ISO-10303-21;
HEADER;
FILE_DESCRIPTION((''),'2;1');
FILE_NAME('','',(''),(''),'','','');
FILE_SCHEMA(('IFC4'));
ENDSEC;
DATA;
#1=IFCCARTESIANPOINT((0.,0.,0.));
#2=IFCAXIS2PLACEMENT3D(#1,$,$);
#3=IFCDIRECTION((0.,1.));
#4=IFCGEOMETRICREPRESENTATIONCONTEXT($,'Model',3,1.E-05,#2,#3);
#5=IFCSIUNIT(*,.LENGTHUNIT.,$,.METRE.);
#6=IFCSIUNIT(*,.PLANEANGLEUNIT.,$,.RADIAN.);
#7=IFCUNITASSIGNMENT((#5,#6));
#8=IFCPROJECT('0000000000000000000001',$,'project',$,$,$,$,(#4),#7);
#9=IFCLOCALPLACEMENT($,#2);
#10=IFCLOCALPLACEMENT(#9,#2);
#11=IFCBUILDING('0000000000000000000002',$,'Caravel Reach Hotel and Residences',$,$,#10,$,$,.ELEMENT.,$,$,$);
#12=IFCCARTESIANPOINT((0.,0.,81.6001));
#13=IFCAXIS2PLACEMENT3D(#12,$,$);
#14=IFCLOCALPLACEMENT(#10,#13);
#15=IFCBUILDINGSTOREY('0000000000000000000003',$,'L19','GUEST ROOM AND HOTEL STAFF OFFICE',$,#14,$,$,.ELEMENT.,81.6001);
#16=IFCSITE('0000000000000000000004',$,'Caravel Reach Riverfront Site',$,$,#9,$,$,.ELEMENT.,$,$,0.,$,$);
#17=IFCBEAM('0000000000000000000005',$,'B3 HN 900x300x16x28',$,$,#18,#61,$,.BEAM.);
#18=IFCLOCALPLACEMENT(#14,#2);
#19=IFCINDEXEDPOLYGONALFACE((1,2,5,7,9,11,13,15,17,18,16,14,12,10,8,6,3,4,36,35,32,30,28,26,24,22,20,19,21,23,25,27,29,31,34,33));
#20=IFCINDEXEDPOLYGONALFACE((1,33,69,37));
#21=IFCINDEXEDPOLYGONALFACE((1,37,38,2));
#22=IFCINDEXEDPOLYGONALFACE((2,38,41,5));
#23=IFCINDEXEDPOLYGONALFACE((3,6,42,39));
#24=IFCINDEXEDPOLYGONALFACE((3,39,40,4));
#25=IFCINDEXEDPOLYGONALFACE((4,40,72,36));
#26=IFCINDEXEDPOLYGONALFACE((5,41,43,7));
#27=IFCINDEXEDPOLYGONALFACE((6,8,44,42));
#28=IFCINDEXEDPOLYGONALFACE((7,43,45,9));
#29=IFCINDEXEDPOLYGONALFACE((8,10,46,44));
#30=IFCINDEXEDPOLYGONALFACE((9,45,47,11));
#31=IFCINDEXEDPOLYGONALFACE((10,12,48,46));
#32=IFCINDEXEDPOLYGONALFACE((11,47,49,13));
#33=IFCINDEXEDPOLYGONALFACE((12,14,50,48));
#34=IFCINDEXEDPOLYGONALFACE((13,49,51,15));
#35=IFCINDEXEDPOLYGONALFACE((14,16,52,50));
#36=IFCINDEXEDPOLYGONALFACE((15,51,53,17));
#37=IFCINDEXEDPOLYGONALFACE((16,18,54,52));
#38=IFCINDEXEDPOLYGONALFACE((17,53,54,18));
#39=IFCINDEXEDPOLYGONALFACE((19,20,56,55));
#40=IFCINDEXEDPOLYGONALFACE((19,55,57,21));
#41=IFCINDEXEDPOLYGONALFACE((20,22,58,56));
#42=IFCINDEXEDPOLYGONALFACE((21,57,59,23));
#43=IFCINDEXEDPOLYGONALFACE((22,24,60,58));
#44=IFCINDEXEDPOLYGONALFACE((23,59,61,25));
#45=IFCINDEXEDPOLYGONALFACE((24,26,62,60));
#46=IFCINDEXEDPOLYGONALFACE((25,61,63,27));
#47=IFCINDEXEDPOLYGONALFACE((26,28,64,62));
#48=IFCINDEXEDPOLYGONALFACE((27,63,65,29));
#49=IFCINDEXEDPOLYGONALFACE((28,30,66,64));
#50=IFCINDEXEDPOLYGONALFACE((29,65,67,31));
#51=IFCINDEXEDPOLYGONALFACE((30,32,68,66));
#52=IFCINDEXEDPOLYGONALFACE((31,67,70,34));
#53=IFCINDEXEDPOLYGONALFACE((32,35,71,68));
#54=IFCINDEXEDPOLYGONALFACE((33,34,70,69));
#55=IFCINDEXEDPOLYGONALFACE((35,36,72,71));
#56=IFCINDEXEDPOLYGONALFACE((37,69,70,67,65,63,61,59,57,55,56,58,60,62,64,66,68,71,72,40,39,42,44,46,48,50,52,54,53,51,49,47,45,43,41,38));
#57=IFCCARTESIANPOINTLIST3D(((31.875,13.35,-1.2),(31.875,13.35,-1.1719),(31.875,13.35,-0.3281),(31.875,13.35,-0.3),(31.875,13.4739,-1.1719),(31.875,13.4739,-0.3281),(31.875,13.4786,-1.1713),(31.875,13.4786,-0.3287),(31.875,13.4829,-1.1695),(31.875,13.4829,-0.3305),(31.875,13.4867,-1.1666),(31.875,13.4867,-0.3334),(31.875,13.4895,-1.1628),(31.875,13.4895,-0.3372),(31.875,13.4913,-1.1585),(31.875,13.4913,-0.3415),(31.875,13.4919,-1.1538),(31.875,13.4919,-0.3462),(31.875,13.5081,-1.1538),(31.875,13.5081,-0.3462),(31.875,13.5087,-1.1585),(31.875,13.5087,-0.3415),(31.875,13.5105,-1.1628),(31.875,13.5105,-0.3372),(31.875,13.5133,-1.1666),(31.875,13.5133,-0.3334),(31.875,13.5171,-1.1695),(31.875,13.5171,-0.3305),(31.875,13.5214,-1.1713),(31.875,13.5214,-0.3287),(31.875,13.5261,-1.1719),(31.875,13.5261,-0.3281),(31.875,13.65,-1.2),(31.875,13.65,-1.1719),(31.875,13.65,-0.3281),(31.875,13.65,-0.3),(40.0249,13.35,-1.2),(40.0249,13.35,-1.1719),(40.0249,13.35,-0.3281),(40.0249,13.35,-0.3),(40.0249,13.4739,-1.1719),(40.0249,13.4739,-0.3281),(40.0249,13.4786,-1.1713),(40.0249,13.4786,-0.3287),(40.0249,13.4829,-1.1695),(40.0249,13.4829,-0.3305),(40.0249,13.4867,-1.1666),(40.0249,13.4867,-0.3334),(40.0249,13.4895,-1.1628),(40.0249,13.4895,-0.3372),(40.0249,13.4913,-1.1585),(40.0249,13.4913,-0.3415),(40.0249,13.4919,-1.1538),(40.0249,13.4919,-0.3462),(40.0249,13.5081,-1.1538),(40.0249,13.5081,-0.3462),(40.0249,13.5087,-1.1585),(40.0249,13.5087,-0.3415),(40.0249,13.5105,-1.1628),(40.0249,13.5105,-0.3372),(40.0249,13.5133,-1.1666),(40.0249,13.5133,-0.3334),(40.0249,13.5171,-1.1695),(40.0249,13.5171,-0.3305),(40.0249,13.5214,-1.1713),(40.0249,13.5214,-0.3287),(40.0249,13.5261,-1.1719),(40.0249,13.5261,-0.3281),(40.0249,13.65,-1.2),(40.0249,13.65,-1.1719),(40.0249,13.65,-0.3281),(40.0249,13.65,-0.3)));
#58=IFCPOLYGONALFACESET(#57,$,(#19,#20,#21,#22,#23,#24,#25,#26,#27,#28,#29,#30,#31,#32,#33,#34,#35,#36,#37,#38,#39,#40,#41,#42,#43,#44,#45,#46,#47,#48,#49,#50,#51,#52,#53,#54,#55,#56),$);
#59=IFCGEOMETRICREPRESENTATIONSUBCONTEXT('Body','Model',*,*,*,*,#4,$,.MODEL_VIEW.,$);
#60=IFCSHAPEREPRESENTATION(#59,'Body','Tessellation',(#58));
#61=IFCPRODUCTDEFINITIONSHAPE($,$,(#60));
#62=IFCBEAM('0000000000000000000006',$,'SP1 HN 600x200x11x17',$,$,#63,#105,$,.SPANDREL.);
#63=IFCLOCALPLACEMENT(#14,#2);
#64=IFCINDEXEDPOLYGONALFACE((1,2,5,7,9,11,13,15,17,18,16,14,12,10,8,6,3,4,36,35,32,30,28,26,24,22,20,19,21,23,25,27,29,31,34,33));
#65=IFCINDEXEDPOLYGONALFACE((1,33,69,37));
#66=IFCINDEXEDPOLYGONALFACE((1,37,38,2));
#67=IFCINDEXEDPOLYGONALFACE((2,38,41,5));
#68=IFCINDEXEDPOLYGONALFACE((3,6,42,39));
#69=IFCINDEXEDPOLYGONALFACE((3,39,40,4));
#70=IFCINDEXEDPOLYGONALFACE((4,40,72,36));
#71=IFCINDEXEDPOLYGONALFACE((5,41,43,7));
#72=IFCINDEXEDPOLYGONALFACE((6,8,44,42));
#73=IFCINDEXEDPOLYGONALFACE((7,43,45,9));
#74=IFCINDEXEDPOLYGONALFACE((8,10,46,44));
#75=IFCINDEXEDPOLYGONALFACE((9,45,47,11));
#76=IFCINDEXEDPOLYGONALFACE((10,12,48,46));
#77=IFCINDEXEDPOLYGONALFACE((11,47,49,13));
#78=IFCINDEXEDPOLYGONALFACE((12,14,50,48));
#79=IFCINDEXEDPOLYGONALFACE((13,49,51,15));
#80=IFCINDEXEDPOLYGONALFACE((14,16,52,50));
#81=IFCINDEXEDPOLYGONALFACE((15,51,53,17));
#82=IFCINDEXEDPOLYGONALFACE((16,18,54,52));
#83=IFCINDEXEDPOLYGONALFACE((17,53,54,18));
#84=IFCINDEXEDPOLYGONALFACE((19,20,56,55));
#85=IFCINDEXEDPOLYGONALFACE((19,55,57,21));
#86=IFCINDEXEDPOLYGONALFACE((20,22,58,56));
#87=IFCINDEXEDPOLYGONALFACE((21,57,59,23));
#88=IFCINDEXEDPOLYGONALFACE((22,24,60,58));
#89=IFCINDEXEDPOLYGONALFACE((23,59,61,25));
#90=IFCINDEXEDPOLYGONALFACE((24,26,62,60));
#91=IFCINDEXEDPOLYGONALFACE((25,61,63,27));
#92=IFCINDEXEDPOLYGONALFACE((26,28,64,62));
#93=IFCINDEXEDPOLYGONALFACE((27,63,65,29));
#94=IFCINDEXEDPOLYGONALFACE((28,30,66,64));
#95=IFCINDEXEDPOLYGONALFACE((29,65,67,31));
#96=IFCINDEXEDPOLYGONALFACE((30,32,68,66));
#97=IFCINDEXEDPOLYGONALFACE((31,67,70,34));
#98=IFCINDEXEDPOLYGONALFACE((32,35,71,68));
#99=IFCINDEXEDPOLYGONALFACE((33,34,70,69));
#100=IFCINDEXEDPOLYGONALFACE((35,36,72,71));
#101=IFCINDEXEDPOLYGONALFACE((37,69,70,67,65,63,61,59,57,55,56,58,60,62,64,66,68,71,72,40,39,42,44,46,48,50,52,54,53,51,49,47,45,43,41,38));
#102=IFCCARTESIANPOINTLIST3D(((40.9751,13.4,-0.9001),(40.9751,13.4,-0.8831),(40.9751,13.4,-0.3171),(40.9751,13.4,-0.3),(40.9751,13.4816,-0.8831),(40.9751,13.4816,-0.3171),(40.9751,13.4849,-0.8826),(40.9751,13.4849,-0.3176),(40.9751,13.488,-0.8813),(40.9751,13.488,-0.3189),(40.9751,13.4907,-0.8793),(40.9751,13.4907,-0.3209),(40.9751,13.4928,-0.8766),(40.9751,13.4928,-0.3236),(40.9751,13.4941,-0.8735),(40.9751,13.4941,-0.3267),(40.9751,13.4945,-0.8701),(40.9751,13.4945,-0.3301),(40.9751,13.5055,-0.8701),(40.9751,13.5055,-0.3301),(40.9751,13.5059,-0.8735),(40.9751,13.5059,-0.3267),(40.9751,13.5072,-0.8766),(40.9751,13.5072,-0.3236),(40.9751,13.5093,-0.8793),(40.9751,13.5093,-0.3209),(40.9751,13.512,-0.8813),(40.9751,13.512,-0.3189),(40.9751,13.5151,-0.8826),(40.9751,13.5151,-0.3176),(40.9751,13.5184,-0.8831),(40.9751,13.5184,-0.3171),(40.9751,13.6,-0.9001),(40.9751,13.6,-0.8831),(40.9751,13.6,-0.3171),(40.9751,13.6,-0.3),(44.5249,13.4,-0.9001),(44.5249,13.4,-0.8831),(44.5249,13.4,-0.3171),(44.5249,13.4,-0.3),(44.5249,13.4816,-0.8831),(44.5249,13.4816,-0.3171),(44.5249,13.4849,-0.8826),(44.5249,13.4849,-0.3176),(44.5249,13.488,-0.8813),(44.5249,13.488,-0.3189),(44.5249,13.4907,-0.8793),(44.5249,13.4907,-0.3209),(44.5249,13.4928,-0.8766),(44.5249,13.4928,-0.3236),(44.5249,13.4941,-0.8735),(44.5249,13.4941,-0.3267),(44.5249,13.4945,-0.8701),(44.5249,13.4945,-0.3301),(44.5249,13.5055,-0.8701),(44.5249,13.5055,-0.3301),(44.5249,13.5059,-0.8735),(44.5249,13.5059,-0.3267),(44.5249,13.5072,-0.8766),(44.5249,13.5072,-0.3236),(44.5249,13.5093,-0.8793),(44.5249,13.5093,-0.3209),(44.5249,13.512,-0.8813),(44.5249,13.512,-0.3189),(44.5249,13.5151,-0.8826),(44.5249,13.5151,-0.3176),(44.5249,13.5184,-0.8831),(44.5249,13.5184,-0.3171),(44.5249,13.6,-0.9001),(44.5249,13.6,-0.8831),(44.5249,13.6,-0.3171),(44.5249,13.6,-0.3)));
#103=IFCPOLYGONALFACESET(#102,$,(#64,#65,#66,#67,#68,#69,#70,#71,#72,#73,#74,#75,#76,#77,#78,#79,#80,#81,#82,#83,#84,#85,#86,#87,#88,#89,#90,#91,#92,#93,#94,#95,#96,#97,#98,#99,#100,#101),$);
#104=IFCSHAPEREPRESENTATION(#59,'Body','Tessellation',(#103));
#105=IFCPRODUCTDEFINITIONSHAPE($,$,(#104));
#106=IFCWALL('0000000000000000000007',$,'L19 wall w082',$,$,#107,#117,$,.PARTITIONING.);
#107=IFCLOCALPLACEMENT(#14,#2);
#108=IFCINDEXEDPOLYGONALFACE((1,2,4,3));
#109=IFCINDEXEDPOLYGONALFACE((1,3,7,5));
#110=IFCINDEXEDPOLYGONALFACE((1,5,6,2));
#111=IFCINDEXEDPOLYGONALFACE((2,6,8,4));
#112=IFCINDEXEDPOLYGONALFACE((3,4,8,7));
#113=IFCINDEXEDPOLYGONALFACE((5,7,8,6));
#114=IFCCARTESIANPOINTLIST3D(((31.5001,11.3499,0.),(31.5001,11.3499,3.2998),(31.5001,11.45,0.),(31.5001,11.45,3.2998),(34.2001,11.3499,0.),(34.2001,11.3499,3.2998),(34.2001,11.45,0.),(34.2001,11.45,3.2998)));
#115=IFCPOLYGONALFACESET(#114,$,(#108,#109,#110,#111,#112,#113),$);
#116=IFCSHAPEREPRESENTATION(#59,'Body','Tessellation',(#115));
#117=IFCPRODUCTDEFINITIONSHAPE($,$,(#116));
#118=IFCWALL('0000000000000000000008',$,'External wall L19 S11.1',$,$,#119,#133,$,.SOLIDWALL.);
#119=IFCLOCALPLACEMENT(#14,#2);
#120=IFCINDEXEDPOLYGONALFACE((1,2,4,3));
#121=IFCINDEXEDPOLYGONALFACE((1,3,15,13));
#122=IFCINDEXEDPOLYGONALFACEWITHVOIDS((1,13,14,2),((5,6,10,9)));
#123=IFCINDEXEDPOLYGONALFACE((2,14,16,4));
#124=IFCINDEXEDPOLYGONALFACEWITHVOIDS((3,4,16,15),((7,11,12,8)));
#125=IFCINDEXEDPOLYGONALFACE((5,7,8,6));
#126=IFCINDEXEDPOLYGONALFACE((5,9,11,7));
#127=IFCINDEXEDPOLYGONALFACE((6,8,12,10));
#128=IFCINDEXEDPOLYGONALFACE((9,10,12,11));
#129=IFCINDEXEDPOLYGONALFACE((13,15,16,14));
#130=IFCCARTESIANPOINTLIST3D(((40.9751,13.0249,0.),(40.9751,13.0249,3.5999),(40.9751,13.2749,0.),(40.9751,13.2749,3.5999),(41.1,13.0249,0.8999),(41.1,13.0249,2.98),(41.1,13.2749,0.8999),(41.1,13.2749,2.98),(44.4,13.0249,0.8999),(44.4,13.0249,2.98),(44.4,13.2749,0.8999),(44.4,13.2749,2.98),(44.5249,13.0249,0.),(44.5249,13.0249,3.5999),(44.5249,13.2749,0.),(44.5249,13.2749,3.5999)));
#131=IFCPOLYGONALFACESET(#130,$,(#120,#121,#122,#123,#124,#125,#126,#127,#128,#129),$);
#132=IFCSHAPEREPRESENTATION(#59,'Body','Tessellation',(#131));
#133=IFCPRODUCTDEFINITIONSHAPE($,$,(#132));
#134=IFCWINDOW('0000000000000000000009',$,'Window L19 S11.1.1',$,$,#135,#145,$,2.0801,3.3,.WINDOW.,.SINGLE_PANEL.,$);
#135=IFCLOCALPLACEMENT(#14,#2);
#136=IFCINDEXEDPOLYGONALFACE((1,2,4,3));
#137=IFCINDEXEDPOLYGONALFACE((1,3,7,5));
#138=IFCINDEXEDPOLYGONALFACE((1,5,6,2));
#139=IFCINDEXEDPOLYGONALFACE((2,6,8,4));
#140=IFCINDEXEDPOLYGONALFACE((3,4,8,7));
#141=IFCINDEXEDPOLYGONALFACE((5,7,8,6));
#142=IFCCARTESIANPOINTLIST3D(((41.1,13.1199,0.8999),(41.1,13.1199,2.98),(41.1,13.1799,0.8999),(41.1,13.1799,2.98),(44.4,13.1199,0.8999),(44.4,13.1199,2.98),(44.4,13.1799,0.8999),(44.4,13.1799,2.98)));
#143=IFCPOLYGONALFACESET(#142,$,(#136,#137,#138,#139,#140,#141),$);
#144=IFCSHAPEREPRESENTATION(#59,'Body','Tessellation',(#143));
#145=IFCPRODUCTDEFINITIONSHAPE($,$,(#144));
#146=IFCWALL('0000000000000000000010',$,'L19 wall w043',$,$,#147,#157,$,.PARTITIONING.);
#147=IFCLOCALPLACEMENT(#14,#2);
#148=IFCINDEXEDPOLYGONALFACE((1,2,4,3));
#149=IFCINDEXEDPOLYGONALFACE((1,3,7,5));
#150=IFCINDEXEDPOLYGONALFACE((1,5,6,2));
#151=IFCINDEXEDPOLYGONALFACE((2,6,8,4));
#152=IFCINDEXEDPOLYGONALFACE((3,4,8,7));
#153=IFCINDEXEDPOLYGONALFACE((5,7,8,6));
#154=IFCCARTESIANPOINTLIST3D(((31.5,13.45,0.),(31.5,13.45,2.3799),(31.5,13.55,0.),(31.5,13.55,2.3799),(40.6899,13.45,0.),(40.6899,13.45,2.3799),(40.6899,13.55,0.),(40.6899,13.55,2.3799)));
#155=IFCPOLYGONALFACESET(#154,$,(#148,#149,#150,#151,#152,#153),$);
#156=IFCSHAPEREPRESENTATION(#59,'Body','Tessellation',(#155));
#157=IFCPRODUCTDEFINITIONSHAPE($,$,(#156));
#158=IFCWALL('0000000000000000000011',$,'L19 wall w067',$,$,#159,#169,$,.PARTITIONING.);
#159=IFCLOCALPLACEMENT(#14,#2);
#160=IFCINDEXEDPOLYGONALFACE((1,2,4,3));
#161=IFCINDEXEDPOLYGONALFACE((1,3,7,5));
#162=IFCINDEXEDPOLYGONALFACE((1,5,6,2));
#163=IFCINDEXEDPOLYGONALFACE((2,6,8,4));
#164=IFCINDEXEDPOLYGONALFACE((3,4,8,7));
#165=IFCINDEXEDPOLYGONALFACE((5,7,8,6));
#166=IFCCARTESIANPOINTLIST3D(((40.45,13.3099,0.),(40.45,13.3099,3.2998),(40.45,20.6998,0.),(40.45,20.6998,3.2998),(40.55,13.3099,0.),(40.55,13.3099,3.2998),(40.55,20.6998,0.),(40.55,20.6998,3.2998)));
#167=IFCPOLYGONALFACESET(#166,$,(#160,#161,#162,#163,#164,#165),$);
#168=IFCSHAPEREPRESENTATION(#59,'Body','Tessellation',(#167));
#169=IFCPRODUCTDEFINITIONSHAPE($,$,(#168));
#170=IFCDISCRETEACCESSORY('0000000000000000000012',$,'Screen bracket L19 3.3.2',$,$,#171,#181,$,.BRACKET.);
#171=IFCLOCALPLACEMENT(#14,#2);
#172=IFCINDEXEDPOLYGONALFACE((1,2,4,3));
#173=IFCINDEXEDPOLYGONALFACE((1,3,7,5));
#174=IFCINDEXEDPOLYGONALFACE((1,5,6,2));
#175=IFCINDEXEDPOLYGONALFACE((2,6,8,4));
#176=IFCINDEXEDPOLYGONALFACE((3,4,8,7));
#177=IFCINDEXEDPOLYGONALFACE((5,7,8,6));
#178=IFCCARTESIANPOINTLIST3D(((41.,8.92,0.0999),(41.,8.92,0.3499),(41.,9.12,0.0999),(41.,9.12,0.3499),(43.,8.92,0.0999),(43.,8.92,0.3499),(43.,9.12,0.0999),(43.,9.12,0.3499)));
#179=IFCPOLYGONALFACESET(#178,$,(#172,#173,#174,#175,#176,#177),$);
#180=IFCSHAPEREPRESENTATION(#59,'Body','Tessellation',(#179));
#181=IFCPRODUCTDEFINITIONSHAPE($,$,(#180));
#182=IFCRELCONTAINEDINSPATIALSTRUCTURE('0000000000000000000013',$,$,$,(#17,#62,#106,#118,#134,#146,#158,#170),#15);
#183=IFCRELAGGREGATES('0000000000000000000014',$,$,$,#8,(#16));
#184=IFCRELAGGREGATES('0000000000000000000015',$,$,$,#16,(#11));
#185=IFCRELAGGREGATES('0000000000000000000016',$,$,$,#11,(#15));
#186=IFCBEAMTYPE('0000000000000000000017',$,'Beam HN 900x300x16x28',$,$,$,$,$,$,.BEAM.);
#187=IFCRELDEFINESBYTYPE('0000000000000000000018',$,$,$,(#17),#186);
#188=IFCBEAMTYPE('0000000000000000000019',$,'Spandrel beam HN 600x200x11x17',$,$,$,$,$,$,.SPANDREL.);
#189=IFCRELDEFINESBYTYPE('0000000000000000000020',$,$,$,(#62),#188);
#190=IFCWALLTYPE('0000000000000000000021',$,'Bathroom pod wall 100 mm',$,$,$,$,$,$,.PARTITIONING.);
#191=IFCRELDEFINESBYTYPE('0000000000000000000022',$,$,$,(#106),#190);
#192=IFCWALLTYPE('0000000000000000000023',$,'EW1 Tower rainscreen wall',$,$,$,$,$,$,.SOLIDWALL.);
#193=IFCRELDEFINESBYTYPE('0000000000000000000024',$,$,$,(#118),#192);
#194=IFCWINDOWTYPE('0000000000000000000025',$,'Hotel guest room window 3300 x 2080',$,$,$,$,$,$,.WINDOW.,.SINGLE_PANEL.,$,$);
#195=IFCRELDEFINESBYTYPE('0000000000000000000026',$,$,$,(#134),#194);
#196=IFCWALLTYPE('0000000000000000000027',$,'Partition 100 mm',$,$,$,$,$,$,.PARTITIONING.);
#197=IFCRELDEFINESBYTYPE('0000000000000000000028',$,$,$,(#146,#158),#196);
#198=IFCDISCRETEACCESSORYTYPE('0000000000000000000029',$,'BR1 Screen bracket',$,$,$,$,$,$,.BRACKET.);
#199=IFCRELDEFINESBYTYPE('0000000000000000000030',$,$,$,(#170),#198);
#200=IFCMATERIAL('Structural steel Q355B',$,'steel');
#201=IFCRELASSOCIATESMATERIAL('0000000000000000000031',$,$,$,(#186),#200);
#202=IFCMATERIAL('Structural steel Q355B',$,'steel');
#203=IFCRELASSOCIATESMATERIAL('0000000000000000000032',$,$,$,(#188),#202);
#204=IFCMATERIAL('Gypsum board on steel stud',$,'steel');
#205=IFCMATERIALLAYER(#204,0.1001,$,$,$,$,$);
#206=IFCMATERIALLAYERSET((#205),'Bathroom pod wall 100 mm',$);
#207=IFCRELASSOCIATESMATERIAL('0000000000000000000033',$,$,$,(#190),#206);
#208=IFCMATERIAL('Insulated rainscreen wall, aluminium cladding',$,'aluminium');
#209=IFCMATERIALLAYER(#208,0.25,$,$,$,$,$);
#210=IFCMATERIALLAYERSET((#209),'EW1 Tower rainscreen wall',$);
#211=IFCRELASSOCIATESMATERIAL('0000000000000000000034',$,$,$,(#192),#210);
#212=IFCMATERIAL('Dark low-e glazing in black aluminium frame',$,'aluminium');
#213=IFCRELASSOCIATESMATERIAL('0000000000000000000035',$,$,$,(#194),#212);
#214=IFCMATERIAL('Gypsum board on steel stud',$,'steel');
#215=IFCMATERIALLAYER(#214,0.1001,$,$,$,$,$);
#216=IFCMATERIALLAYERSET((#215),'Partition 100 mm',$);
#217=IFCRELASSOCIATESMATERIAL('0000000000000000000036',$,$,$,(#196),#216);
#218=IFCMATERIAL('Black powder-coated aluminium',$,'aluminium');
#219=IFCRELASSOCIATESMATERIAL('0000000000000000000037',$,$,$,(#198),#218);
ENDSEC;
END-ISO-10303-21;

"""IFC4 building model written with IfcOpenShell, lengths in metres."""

from ifc_helpers import new_model, si_unit, direction, frame, frame_2d, origin, origin_2d, place, context, subcontext, project, spatial, rectangle, i_section, extrude, material, layer, layer_set, material_profile, profile_set, type_object, element, fill, save


model = new_model("IFC4")

# Units and contexts
model_context = context("Model", 3, precision=1e-05, world=origin(), true_north=direction((0.0, 1.0)))
body_context = subcontext(model_context, "Body", "Model", "MODEL_VIEW")
ifc_project = project(units=[si_unit("LENGTHUNIT", "METRE"), si_unit("PLANEANGLEUNIT", "RADIAN")], contexts=[model_context])

# Site, building, storey
site_placement = place(None, origin())
site = spatial("IfcSite", under=ifc_project, at=site_placement, Name="Caravel Reach Riverfront Site", CompositionType="ELEMENT", RefElevation=0.0)
building_placement = place(site_placement, origin())
building = spatial("IfcBuilding", under=site, at=building_placement, Name="Caravel Reach Hotel and Residences", CompositionType="ELEMENT")
storey_placement = place(building_placement, frame((0.0, 0.0, 81.6001)))
storey = spatial("IfcBuildingStorey", under=building, at=storey_placement, Name="L19", Description="GUEST ROOM AND HOTEL STAFF OFFICE", CompositionType="ELEMENT", Elevation=81.6001)

# Beams
ifc_material_1 = material(Name="Structural steel Q355B", Category="steel")
ifc_material_profile_1 = material_profile(ifc_material_1, i_section(OverallWidth=0.3, OverallDepth=0.8999, WebThickness=0.0161, FlangeThickness=0.0281, FilletRadius=0.0181, at=origin_2d()), Name="HN 900x300x16x28")
ifc_profile_set_1 = profile_set([ifc_material_profile_1], Name="Structural steel Q355B")
beam_type_1 = type_object("IfcBeamType", Name="Beam HN 900x300x16x28", PredefinedType="BEAM", material=ifc_profile_set_1)
beam_1_placement = place(storey_placement, frame((31.875, 13.5, -0.75), z_axis=(1.0, 0.0, 0.0), x_axis=(0.0, 1.0, 0.0)))
element("IfcBeam", 1, at=beam_1_placement, inside=storey, type_object=beam_type_1, Name="B3 HN 900x300x16x28", PredefinedType="BEAM", context=body_context, shape_type="SweptSolid", body=[
    extrude(i_section(OverallWidth=0.3, OverallDepth=0.8999, WebThickness=0.0161, FlangeThickness=0.0281, FilletRadius=0.0181, at=origin_2d()), origin(), (0.0, 0.0, 1.0), 8.1499),
])
ifc_material_2 = material(Name="Structural steel Q355B", Category="steel")
ifc_material_profile_2 = material_profile(ifc_material_2, i_section(OverallWidth=0.2, OverallDepth=0.6001, WebThickness=0.011, FlangeThickness=0.0171, FilletRadius=0.0129, at=origin_2d()), Name="HN 600x200x11x17")
ifc_profile_set_2 = profile_set([ifc_material_profile_2], Name="Structural steel Q355B")
beam_type_2 = type_object("IfcBeamType", Name="Spandrel beam HN 600x200x11x17", PredefinedType="SPANDREL", material=ifc_profile_set_2)
beam_2_placement = place(storey_placement, frame((40.9751, 13.5, -0.6001), z_axis=(1.0, 0.0, 0.0), x_axis=(0.0, 1.0, 0.0)))
element("IfcBeam", 2, at=beam_2_placement, inside=storey, type_object=beam_type_2, Name="SP1 HN 600x200x11x17", PredefinedType="SPANDREL", context=body_context, shape_type="SweptSolid", body=[
    extrude(i_section(OverallWidth=0.2, OverallDepth=0.6001, WebThickness=0.011, FlangeThickness=0.0171, FilletRadius=0.0129, at=origin_2d()), origin(), (0.0, 0.0, 1.0), 3.5498),
])

# Wall
ifc_material_3 = material(Name="Gypsum board on steel stud", Category="steel")
ifc_layer_1 = layer(ifc_material_3, 0.1001)
ifc_layer_set_1 = layer_set([ifc_layer_1], Name="Bathroom pod wall 100 mm")
wall_type_1 = type_object("IfcWallType", Name="Bathroom pod wall 100 mm", PredefinedType="PARTITIONING", material=ifc_layer_set_1)
wall_1_placement = place(storey_placement, frame((31.5, 11.3999, 0.0), z_axis=(0.0, 0.0, 1.0), x_axis=(1.0, 0.0, 0.0)))
element("IfcWall", 3, at=wall_1_placement, inside=storey, type_object=wall_type_1, Name="L19 wall w082", PredefinedType="PARTITIONING", context=body_context, shape_type="SweptSolid", body=[
    extrude(rectangle(XDim=2.7, YDim=0.1001, at=frame_2d((1.3501, 0.0))), origin(), (0.0, 0.0, 1.0), 3.2998),
])

# Wall, opening, window
ifc_material_4 = material(Name="Insulated rainscreen wall, aluminium cladding", Category="aluminium")
ifc_layer_2 = layer(ifc_material_4, 0.25)
ifc_layer_set_2 = layer_set([ifc_layer_2], Name="EW1 Tower rainscreen wall")
wall_type_2 = type_object("IfcWallType", Name="EW1 Tower rainscreen wall", PredefinedType="SOLIDWALL", material=ifc_layer_set_2)
wall_2_placement = place(storey_placement, frame((40.9751, 13.1499, 0.0), z_axis=(0.0, 0.0, 1.0), x_axis=(1.0, 0.0, 0.0)))
wall_2 = element("IfcWall", 4, at=wall_2_placement, inside=storey, type_object=wall_type_2, Name="External wall L19 S11.1", PredefinedType="SOLIDWALL", context=body_context, shape_type="SweptSolid", body=[
    extrude(rectangle(XDim=3.5498, YDim=0.25, at=frame_2d((1.7749, 0.0))), origin(), (0.0, 0.0, 1.0), 3.5999),
])
opening_placement = place(wall_2_placement, frame((0.125, 0.0, 0.8999)))
opening = element("IfcOpeningElement", 5, at=opening_placement, cuts=wall_2, PredefinedType="OPENING", context=body_context, shape_type="SweptSolid", body=[
    extrude(rectangle(XDim=3.3, YDim=2.0801, at=frame_2d((1.6499, 1.04))), frame((0.0, 0.135, 0.0), z_axis=(0.0, -1.0, 0.0), x_axis=(1.0, 0.0, 0.0)), (0.0, 0.0, 1.0), 0.27),
])
ifc_material_5 = material(Name="Dark low-e glazing in black aluminium frame", Category="aluminium")
window_type = type_object("IfcWindowType", Name="Hotel guest room window 3300 x 2080", PartitioningType="SINGLE_PANEL", PredefinedType="WINDOW", material=ifc_material_5)
window_placement = place(opening_placement, origin())
window = element("IfcWindow", 6, at=window_placement, inside=storey, type_object=window_type, Name="Window L19 S11.1.1", OverallHeight=2.0801, OverallWidth=3.3, PartitioningType="SINGLE_PANEL", PredefinedType="WINDOW", context=body_context, shape_type="SweptSolid", body=[
    extrude(rectangle(XDim=3.3, YDim=2.0801, at=frame_2d((1.6499, 1.04))), frame((0.0, 0.03, 0.0), z_axis=(0.0, -1.0, 0.0), x_axis=(1.0, 0.0, 0.0)), (0.0, 0.0, 1.0), 0.0601),
])
fill(opening, window)

# Walls
ifc_material_6 = material(Name="Gypsum board on steel stud", Category="steel")
ifc_layer_3 = layer(ifc_material_6, 0.1001)
ifc_layer_set_3 = layer_set([ifc_layer_3], Name="Partition 100 mm")
wall_type_3 = type_object("IfcWallType", Name="Partition 100 mm", PredefinedType="PARTITIONING", material=ifc_layer_set_3)
wall_3_placement = place(storey_placement, frame((31.5, 13.5, 0.0), z_axis=(0.0, 0.0, 1.0), x_axis=(1.0, 0.0, 0.0)))
element("IfcWall", 7, at=wall_3_placement, inside=storey, type_object=wall_type_3, Name="L19 wall w043", PredefinedType="PARTITIONING", context=body_context, shape_type="SweptSolid", body=[
    extrude(rectangle(XDim=9.1899, YDim=0.1001, at=frame_2d((4.595, 0.0))), origin(), (0.0, 0.0, 1.0), 2.3799),
])
wall_4_placement = place(storey_placement, frame((40.5, 13.3101, 0.0), z_axis=(0.0, 0.0, 1.0), x_axis=(0.0, 1.0, 0.0)))
element("IfcWall", 8, at=wall_4_placement, inside=storey, type_object=wall_type_3, Name="L19 wall w067", PredefinedType="PARTITIONING", context=body_context, shape_type="SweptSolid", body=[
    extrude(rectangle(XDim=7.3899, YDim=0.1001, at=frame_2d((3.6948, 0.0))), origin(), (0.0, 0.0, 1.0), 3.2998),
])

# Discrete accessory
ifc_material_7 = material(Name="Black powder-coated aluminium", Category="aluminium")
discrete_accessory_type = type_object("IfcDiscreteAccessoryType", Name="BR1 Screen bracket", PredefinedType="BRACKET", material=ifc_material_7)
discrete_accessory_placement = place(storey_placement, frame((42.0, 9.02, 0.0999), z_axis=(0.0, 0.0, 1.0), x_axis=(1.0, 0.0, 0.0)))
element("IfcDiscreteAccessory", 9, at=discrete_accessory_placement, inside=storey, type_object=discrete_accessory_type, Name="Screen bracket L19 3.3.2", PredefinedType="BRACKET", context=body_context, shape_type="SweptSolid", body=[
    extrude(rectangle(XDim=2.0, YDim=0.2, at=origin_2d()), origin(), (0.0, 0.0, 1.0), 0.25),
])

save(model, "model.ifc")
